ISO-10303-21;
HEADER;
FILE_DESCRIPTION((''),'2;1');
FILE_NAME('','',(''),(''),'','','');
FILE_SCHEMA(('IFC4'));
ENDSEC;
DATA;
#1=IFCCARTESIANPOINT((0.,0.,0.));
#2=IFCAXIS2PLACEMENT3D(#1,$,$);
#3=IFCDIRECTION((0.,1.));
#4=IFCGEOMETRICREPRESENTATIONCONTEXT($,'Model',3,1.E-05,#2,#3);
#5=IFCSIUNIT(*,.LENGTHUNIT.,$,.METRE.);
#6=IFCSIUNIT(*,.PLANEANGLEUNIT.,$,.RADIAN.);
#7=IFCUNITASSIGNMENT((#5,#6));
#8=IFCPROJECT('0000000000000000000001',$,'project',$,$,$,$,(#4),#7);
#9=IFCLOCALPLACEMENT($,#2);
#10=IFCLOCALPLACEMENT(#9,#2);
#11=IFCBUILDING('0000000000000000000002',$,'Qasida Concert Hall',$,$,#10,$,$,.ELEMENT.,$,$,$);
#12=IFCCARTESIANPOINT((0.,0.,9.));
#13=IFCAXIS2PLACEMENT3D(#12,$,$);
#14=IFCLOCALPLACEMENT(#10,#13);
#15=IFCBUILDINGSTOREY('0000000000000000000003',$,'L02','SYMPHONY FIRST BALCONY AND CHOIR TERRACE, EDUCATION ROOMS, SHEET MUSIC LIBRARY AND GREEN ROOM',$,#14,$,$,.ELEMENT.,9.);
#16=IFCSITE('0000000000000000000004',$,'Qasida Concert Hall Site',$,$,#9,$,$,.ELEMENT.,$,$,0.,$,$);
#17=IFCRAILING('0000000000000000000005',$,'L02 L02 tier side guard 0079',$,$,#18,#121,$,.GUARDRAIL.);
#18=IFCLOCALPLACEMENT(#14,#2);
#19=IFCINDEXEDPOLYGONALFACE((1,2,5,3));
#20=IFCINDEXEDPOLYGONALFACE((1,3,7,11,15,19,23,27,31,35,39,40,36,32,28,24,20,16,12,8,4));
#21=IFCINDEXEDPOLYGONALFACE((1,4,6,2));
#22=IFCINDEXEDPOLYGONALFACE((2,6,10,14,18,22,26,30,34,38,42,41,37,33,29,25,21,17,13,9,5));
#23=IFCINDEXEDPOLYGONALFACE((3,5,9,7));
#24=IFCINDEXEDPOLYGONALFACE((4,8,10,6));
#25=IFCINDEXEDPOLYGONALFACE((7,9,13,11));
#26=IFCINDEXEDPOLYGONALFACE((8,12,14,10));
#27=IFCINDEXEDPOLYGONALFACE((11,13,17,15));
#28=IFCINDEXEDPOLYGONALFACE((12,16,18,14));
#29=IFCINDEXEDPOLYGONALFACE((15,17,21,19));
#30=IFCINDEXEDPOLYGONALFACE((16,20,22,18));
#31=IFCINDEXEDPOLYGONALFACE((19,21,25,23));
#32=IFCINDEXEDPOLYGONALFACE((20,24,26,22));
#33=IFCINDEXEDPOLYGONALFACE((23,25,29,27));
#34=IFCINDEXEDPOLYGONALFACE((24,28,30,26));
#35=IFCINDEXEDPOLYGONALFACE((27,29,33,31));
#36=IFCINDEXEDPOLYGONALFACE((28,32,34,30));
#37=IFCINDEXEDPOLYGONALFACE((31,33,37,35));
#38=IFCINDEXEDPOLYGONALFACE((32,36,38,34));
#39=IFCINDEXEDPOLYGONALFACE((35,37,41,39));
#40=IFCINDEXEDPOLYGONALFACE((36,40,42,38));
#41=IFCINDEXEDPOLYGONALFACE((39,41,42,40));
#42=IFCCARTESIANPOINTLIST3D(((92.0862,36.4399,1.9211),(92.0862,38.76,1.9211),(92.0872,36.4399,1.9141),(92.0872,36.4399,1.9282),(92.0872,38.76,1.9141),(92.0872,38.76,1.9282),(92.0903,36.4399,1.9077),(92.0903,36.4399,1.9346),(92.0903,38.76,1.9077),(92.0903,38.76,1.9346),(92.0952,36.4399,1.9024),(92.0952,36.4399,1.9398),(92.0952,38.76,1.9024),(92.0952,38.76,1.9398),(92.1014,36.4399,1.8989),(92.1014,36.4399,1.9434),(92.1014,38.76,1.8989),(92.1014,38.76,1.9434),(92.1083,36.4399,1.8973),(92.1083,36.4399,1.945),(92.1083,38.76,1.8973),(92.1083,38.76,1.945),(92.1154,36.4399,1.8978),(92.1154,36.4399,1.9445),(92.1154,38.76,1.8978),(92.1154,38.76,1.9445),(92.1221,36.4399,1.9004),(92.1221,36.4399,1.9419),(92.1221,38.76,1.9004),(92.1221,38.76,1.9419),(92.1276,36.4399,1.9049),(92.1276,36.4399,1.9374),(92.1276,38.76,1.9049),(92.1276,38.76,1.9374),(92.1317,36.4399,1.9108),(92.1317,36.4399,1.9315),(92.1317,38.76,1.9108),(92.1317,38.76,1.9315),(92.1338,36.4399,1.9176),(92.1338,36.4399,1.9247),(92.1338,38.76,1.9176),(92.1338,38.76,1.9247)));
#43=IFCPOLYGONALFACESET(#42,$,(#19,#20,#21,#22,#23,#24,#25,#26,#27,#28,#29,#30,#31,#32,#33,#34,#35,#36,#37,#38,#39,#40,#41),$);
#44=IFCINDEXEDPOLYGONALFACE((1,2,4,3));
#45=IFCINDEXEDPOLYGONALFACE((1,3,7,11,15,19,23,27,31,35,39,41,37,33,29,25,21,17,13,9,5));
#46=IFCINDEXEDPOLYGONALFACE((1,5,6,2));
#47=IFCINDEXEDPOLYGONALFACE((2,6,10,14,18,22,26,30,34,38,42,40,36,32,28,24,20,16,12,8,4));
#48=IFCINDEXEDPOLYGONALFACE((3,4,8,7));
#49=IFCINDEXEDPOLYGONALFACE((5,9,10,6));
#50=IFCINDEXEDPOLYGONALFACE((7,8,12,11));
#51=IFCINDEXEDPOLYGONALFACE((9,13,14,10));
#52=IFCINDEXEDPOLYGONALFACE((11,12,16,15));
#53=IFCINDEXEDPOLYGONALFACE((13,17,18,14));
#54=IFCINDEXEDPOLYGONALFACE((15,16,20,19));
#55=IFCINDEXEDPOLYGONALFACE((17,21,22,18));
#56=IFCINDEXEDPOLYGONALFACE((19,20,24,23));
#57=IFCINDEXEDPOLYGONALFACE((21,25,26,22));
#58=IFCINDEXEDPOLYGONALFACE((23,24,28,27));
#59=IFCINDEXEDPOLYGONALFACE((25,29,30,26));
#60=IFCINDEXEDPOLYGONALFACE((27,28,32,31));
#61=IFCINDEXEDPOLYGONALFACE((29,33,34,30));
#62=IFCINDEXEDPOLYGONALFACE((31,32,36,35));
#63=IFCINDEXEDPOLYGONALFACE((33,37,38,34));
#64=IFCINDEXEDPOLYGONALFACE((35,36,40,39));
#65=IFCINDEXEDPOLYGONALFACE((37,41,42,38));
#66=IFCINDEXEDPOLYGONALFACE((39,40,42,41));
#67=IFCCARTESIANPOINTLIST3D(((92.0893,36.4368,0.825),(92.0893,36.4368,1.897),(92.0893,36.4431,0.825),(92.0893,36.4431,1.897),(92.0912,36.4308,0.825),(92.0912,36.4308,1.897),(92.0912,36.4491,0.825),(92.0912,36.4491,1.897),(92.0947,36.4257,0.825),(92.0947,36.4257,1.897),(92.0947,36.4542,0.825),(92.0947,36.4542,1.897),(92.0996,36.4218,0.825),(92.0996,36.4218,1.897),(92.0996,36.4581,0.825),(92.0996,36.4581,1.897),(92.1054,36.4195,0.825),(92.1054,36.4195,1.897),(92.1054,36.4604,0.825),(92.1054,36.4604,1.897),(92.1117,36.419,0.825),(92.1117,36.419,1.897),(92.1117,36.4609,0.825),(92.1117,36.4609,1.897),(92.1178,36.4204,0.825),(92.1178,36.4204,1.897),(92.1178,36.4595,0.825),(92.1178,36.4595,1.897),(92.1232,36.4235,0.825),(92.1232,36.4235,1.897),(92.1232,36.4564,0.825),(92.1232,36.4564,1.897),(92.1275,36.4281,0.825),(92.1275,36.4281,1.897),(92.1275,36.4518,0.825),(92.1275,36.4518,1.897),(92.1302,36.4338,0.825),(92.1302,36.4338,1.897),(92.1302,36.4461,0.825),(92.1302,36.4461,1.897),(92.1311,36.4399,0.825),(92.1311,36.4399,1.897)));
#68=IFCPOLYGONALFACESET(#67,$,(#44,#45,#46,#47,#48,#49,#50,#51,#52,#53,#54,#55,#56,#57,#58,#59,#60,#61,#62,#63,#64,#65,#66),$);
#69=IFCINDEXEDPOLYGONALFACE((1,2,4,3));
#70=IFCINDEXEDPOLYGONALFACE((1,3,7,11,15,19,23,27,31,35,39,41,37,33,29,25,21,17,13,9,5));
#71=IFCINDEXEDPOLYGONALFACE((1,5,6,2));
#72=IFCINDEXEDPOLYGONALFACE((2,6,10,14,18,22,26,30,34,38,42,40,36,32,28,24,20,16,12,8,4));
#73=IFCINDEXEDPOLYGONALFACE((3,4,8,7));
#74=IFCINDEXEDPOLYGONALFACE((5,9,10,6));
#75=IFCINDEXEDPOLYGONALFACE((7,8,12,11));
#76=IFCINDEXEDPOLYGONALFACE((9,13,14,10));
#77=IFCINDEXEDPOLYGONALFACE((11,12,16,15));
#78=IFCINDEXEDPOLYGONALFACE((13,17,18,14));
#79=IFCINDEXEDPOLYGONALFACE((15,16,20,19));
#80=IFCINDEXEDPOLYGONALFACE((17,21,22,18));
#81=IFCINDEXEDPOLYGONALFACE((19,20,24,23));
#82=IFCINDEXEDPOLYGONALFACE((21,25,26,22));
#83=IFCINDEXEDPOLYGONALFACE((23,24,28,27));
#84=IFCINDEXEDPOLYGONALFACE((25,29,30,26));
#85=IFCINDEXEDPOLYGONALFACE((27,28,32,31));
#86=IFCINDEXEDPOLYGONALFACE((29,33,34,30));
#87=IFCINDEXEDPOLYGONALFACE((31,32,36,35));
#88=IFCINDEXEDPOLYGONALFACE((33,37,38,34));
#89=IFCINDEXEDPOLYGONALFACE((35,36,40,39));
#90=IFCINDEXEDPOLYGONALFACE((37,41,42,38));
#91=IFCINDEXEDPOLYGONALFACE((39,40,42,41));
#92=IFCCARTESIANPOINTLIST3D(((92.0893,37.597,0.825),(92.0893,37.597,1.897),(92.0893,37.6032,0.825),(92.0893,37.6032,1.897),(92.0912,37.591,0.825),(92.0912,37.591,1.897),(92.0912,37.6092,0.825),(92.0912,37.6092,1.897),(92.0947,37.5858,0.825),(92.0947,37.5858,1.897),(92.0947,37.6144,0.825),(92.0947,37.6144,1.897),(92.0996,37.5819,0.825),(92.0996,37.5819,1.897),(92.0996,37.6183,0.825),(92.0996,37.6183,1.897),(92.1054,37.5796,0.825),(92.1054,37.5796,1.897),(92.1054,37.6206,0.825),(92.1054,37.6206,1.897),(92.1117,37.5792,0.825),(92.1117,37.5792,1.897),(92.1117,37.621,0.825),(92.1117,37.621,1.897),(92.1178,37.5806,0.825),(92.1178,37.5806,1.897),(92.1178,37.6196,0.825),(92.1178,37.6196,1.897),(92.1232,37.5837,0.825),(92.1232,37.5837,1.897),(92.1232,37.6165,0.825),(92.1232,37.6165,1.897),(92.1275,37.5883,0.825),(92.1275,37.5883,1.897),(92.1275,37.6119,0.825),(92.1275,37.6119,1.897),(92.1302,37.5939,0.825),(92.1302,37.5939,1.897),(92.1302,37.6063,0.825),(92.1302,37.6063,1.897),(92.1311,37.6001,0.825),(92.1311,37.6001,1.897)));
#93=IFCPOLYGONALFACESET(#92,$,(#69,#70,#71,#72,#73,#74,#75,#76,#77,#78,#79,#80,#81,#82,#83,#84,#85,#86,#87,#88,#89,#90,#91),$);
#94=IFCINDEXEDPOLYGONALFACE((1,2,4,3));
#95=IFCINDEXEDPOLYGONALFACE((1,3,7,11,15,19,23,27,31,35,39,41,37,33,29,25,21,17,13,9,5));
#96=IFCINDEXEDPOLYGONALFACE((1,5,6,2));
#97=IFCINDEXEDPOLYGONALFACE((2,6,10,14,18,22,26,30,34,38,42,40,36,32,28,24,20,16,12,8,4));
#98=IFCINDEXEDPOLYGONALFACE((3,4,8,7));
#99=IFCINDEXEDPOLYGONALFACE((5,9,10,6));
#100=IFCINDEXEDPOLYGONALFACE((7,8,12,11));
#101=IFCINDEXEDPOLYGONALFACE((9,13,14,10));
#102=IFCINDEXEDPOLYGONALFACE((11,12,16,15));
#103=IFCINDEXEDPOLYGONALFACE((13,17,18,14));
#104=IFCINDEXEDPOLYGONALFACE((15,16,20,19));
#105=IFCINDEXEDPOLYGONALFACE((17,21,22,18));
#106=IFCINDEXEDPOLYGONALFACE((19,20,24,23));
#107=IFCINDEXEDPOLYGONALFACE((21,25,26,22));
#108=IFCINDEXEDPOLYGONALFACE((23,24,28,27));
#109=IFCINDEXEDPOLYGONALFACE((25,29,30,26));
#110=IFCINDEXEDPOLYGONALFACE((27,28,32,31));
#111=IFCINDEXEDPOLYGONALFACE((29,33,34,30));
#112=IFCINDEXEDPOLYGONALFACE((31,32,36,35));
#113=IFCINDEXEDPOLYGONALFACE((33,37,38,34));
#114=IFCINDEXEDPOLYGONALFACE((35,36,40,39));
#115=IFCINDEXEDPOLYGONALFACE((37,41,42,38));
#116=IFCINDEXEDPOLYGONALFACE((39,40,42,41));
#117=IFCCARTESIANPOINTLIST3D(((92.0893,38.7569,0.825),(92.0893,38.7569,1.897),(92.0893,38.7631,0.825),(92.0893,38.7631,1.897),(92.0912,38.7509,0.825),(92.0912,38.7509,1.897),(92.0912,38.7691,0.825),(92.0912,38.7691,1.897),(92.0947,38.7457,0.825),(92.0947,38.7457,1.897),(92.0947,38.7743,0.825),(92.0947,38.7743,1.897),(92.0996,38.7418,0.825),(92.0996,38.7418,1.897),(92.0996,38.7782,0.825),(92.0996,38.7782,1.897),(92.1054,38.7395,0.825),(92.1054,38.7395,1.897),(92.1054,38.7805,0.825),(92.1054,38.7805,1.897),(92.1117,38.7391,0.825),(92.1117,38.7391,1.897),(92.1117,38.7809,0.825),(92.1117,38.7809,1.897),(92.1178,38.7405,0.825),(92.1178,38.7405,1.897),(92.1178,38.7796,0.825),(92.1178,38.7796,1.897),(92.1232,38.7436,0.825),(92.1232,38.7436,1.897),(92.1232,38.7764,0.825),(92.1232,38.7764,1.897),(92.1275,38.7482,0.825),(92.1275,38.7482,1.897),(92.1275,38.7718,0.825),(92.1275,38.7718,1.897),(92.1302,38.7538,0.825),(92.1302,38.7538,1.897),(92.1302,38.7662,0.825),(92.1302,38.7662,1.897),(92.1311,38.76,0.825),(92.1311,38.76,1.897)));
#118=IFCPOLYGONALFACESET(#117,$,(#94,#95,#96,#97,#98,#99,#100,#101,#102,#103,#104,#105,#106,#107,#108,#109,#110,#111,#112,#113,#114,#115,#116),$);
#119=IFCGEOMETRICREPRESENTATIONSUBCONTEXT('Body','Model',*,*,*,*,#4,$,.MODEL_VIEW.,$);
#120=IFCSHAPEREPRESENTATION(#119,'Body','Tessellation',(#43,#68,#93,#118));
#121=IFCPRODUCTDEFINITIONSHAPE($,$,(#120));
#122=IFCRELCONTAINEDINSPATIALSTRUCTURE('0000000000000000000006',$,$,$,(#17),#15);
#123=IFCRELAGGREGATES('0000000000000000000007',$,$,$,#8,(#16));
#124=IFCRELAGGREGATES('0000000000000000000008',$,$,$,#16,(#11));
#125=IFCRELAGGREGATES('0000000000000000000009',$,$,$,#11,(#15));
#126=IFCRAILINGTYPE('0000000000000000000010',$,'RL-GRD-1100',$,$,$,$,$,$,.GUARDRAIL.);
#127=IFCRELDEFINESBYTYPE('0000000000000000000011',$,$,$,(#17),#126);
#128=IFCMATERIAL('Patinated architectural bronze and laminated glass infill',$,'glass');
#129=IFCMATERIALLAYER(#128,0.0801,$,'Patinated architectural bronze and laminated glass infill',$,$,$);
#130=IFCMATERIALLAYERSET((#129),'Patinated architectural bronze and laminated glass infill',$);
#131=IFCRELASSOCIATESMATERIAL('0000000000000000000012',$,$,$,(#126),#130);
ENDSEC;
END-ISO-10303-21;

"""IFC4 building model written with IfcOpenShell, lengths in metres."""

from ifc_helpers import new_model, si_unit, direction, frame, origin, origin_2d, place, context, subcontext, project, spatial, circle, extrude, material, layer, layer_set, type_object, element, save


model = new_model("IFC4")

# Units and contexts
model_context = context("Model", 3, precision=1e-05, world=origin(), true_north=direction((0.0, 1.0)))
body_context = subcontext(model_context, "Body", "Model", "MODEL_VIEW")
ifc_project = project(units=[si_unit("LENGTHUNIT", "METRE"), si_unit("PLANEANGLEUNIT", "RADIAN")], contexts=[model_context])

# Site, building, storey
site_placement = place(None, origin())
site = spatial("IfcSite", under=ifc_project, at=site_placement, Name="Qasida Concert Hall Site", CompositionType="ELEMENT", RefElevation=0.0)
building_placement = place(site_placement, origin())
building = spatial("IfcBuilding", under=site, at=building_placement, Name="Qasida Concert Hall", CompositionType="ELEMENT")
storey_placement = place(building_placement, frame((0.0, 0.0, 9.0)))
storey = spatial("IfcBuildingStorey", under=building, at=storey_placement, Name="L02", Description="SYMPHONY FIRST BALCONY AND CHOIR TERRACE, EDUCATION ROOMS, SHEET MUSIC LIBRARY AND GREEN ROOM", CompositionType="ELEMENT", Elevation=9.0)

# Railing
ifc_material_1 = material(Name="Patinated architectural bronze and laminated glass infill", Category="glass")
ifc_layer_1 = layer(ifc_material_1, 0.0801, Name="Patinated architectural bronze and laminated glass infill")
ifc_layer_set_1 = layer_set([ifc_layer_1], Name="Patinated architectural bronze and laminated glass infill")
railing_type_1 = type_object("IfcRailingType", Name="RL-GRD-1100", PredefinedType="GUARDRAIL", material=ifc_layer_set_1)
for number, where, name in (
    (1, (92.1101, 36.4399, 0.825), "L02 L02 tier side guard 0079"),
):
    element("IfcRailing", number, at=place(storey_placement, frame(where)), inside=storey, type_object=railing_type_1, Name=name, PredefinedType="GUARDRAIL", context=body_context, shape_type="SweptSolid", body=[
        extrude(circle(Radius=0.0239, at=origin_2d()), frame((0.0, 0.0, 1.0962), z_axis=(0.0, 1.0, 0.0), x_axis=(-1.0, 0.0, 0.0)), (0.0, 0.0, 1.0), 2.3201),
        extrude(circle(Radius=0.021, at=origin_2d()), origin(), (0.0, 0.0, 1.0), 1.072),
        extrude(circle(Radius=0.021, at=origin_2d()), frame((0.0, 1.1602, 0.0)), (0.0, 0.0, 1.0), 1.072),
        extrude(circle(Radius=0.021, at=origin_2d()), frame((0.0, 2.3201, 0.0)), (0.0, 0.0, 1.0), 1.072),
    ])

save(model, "model.ifc")
